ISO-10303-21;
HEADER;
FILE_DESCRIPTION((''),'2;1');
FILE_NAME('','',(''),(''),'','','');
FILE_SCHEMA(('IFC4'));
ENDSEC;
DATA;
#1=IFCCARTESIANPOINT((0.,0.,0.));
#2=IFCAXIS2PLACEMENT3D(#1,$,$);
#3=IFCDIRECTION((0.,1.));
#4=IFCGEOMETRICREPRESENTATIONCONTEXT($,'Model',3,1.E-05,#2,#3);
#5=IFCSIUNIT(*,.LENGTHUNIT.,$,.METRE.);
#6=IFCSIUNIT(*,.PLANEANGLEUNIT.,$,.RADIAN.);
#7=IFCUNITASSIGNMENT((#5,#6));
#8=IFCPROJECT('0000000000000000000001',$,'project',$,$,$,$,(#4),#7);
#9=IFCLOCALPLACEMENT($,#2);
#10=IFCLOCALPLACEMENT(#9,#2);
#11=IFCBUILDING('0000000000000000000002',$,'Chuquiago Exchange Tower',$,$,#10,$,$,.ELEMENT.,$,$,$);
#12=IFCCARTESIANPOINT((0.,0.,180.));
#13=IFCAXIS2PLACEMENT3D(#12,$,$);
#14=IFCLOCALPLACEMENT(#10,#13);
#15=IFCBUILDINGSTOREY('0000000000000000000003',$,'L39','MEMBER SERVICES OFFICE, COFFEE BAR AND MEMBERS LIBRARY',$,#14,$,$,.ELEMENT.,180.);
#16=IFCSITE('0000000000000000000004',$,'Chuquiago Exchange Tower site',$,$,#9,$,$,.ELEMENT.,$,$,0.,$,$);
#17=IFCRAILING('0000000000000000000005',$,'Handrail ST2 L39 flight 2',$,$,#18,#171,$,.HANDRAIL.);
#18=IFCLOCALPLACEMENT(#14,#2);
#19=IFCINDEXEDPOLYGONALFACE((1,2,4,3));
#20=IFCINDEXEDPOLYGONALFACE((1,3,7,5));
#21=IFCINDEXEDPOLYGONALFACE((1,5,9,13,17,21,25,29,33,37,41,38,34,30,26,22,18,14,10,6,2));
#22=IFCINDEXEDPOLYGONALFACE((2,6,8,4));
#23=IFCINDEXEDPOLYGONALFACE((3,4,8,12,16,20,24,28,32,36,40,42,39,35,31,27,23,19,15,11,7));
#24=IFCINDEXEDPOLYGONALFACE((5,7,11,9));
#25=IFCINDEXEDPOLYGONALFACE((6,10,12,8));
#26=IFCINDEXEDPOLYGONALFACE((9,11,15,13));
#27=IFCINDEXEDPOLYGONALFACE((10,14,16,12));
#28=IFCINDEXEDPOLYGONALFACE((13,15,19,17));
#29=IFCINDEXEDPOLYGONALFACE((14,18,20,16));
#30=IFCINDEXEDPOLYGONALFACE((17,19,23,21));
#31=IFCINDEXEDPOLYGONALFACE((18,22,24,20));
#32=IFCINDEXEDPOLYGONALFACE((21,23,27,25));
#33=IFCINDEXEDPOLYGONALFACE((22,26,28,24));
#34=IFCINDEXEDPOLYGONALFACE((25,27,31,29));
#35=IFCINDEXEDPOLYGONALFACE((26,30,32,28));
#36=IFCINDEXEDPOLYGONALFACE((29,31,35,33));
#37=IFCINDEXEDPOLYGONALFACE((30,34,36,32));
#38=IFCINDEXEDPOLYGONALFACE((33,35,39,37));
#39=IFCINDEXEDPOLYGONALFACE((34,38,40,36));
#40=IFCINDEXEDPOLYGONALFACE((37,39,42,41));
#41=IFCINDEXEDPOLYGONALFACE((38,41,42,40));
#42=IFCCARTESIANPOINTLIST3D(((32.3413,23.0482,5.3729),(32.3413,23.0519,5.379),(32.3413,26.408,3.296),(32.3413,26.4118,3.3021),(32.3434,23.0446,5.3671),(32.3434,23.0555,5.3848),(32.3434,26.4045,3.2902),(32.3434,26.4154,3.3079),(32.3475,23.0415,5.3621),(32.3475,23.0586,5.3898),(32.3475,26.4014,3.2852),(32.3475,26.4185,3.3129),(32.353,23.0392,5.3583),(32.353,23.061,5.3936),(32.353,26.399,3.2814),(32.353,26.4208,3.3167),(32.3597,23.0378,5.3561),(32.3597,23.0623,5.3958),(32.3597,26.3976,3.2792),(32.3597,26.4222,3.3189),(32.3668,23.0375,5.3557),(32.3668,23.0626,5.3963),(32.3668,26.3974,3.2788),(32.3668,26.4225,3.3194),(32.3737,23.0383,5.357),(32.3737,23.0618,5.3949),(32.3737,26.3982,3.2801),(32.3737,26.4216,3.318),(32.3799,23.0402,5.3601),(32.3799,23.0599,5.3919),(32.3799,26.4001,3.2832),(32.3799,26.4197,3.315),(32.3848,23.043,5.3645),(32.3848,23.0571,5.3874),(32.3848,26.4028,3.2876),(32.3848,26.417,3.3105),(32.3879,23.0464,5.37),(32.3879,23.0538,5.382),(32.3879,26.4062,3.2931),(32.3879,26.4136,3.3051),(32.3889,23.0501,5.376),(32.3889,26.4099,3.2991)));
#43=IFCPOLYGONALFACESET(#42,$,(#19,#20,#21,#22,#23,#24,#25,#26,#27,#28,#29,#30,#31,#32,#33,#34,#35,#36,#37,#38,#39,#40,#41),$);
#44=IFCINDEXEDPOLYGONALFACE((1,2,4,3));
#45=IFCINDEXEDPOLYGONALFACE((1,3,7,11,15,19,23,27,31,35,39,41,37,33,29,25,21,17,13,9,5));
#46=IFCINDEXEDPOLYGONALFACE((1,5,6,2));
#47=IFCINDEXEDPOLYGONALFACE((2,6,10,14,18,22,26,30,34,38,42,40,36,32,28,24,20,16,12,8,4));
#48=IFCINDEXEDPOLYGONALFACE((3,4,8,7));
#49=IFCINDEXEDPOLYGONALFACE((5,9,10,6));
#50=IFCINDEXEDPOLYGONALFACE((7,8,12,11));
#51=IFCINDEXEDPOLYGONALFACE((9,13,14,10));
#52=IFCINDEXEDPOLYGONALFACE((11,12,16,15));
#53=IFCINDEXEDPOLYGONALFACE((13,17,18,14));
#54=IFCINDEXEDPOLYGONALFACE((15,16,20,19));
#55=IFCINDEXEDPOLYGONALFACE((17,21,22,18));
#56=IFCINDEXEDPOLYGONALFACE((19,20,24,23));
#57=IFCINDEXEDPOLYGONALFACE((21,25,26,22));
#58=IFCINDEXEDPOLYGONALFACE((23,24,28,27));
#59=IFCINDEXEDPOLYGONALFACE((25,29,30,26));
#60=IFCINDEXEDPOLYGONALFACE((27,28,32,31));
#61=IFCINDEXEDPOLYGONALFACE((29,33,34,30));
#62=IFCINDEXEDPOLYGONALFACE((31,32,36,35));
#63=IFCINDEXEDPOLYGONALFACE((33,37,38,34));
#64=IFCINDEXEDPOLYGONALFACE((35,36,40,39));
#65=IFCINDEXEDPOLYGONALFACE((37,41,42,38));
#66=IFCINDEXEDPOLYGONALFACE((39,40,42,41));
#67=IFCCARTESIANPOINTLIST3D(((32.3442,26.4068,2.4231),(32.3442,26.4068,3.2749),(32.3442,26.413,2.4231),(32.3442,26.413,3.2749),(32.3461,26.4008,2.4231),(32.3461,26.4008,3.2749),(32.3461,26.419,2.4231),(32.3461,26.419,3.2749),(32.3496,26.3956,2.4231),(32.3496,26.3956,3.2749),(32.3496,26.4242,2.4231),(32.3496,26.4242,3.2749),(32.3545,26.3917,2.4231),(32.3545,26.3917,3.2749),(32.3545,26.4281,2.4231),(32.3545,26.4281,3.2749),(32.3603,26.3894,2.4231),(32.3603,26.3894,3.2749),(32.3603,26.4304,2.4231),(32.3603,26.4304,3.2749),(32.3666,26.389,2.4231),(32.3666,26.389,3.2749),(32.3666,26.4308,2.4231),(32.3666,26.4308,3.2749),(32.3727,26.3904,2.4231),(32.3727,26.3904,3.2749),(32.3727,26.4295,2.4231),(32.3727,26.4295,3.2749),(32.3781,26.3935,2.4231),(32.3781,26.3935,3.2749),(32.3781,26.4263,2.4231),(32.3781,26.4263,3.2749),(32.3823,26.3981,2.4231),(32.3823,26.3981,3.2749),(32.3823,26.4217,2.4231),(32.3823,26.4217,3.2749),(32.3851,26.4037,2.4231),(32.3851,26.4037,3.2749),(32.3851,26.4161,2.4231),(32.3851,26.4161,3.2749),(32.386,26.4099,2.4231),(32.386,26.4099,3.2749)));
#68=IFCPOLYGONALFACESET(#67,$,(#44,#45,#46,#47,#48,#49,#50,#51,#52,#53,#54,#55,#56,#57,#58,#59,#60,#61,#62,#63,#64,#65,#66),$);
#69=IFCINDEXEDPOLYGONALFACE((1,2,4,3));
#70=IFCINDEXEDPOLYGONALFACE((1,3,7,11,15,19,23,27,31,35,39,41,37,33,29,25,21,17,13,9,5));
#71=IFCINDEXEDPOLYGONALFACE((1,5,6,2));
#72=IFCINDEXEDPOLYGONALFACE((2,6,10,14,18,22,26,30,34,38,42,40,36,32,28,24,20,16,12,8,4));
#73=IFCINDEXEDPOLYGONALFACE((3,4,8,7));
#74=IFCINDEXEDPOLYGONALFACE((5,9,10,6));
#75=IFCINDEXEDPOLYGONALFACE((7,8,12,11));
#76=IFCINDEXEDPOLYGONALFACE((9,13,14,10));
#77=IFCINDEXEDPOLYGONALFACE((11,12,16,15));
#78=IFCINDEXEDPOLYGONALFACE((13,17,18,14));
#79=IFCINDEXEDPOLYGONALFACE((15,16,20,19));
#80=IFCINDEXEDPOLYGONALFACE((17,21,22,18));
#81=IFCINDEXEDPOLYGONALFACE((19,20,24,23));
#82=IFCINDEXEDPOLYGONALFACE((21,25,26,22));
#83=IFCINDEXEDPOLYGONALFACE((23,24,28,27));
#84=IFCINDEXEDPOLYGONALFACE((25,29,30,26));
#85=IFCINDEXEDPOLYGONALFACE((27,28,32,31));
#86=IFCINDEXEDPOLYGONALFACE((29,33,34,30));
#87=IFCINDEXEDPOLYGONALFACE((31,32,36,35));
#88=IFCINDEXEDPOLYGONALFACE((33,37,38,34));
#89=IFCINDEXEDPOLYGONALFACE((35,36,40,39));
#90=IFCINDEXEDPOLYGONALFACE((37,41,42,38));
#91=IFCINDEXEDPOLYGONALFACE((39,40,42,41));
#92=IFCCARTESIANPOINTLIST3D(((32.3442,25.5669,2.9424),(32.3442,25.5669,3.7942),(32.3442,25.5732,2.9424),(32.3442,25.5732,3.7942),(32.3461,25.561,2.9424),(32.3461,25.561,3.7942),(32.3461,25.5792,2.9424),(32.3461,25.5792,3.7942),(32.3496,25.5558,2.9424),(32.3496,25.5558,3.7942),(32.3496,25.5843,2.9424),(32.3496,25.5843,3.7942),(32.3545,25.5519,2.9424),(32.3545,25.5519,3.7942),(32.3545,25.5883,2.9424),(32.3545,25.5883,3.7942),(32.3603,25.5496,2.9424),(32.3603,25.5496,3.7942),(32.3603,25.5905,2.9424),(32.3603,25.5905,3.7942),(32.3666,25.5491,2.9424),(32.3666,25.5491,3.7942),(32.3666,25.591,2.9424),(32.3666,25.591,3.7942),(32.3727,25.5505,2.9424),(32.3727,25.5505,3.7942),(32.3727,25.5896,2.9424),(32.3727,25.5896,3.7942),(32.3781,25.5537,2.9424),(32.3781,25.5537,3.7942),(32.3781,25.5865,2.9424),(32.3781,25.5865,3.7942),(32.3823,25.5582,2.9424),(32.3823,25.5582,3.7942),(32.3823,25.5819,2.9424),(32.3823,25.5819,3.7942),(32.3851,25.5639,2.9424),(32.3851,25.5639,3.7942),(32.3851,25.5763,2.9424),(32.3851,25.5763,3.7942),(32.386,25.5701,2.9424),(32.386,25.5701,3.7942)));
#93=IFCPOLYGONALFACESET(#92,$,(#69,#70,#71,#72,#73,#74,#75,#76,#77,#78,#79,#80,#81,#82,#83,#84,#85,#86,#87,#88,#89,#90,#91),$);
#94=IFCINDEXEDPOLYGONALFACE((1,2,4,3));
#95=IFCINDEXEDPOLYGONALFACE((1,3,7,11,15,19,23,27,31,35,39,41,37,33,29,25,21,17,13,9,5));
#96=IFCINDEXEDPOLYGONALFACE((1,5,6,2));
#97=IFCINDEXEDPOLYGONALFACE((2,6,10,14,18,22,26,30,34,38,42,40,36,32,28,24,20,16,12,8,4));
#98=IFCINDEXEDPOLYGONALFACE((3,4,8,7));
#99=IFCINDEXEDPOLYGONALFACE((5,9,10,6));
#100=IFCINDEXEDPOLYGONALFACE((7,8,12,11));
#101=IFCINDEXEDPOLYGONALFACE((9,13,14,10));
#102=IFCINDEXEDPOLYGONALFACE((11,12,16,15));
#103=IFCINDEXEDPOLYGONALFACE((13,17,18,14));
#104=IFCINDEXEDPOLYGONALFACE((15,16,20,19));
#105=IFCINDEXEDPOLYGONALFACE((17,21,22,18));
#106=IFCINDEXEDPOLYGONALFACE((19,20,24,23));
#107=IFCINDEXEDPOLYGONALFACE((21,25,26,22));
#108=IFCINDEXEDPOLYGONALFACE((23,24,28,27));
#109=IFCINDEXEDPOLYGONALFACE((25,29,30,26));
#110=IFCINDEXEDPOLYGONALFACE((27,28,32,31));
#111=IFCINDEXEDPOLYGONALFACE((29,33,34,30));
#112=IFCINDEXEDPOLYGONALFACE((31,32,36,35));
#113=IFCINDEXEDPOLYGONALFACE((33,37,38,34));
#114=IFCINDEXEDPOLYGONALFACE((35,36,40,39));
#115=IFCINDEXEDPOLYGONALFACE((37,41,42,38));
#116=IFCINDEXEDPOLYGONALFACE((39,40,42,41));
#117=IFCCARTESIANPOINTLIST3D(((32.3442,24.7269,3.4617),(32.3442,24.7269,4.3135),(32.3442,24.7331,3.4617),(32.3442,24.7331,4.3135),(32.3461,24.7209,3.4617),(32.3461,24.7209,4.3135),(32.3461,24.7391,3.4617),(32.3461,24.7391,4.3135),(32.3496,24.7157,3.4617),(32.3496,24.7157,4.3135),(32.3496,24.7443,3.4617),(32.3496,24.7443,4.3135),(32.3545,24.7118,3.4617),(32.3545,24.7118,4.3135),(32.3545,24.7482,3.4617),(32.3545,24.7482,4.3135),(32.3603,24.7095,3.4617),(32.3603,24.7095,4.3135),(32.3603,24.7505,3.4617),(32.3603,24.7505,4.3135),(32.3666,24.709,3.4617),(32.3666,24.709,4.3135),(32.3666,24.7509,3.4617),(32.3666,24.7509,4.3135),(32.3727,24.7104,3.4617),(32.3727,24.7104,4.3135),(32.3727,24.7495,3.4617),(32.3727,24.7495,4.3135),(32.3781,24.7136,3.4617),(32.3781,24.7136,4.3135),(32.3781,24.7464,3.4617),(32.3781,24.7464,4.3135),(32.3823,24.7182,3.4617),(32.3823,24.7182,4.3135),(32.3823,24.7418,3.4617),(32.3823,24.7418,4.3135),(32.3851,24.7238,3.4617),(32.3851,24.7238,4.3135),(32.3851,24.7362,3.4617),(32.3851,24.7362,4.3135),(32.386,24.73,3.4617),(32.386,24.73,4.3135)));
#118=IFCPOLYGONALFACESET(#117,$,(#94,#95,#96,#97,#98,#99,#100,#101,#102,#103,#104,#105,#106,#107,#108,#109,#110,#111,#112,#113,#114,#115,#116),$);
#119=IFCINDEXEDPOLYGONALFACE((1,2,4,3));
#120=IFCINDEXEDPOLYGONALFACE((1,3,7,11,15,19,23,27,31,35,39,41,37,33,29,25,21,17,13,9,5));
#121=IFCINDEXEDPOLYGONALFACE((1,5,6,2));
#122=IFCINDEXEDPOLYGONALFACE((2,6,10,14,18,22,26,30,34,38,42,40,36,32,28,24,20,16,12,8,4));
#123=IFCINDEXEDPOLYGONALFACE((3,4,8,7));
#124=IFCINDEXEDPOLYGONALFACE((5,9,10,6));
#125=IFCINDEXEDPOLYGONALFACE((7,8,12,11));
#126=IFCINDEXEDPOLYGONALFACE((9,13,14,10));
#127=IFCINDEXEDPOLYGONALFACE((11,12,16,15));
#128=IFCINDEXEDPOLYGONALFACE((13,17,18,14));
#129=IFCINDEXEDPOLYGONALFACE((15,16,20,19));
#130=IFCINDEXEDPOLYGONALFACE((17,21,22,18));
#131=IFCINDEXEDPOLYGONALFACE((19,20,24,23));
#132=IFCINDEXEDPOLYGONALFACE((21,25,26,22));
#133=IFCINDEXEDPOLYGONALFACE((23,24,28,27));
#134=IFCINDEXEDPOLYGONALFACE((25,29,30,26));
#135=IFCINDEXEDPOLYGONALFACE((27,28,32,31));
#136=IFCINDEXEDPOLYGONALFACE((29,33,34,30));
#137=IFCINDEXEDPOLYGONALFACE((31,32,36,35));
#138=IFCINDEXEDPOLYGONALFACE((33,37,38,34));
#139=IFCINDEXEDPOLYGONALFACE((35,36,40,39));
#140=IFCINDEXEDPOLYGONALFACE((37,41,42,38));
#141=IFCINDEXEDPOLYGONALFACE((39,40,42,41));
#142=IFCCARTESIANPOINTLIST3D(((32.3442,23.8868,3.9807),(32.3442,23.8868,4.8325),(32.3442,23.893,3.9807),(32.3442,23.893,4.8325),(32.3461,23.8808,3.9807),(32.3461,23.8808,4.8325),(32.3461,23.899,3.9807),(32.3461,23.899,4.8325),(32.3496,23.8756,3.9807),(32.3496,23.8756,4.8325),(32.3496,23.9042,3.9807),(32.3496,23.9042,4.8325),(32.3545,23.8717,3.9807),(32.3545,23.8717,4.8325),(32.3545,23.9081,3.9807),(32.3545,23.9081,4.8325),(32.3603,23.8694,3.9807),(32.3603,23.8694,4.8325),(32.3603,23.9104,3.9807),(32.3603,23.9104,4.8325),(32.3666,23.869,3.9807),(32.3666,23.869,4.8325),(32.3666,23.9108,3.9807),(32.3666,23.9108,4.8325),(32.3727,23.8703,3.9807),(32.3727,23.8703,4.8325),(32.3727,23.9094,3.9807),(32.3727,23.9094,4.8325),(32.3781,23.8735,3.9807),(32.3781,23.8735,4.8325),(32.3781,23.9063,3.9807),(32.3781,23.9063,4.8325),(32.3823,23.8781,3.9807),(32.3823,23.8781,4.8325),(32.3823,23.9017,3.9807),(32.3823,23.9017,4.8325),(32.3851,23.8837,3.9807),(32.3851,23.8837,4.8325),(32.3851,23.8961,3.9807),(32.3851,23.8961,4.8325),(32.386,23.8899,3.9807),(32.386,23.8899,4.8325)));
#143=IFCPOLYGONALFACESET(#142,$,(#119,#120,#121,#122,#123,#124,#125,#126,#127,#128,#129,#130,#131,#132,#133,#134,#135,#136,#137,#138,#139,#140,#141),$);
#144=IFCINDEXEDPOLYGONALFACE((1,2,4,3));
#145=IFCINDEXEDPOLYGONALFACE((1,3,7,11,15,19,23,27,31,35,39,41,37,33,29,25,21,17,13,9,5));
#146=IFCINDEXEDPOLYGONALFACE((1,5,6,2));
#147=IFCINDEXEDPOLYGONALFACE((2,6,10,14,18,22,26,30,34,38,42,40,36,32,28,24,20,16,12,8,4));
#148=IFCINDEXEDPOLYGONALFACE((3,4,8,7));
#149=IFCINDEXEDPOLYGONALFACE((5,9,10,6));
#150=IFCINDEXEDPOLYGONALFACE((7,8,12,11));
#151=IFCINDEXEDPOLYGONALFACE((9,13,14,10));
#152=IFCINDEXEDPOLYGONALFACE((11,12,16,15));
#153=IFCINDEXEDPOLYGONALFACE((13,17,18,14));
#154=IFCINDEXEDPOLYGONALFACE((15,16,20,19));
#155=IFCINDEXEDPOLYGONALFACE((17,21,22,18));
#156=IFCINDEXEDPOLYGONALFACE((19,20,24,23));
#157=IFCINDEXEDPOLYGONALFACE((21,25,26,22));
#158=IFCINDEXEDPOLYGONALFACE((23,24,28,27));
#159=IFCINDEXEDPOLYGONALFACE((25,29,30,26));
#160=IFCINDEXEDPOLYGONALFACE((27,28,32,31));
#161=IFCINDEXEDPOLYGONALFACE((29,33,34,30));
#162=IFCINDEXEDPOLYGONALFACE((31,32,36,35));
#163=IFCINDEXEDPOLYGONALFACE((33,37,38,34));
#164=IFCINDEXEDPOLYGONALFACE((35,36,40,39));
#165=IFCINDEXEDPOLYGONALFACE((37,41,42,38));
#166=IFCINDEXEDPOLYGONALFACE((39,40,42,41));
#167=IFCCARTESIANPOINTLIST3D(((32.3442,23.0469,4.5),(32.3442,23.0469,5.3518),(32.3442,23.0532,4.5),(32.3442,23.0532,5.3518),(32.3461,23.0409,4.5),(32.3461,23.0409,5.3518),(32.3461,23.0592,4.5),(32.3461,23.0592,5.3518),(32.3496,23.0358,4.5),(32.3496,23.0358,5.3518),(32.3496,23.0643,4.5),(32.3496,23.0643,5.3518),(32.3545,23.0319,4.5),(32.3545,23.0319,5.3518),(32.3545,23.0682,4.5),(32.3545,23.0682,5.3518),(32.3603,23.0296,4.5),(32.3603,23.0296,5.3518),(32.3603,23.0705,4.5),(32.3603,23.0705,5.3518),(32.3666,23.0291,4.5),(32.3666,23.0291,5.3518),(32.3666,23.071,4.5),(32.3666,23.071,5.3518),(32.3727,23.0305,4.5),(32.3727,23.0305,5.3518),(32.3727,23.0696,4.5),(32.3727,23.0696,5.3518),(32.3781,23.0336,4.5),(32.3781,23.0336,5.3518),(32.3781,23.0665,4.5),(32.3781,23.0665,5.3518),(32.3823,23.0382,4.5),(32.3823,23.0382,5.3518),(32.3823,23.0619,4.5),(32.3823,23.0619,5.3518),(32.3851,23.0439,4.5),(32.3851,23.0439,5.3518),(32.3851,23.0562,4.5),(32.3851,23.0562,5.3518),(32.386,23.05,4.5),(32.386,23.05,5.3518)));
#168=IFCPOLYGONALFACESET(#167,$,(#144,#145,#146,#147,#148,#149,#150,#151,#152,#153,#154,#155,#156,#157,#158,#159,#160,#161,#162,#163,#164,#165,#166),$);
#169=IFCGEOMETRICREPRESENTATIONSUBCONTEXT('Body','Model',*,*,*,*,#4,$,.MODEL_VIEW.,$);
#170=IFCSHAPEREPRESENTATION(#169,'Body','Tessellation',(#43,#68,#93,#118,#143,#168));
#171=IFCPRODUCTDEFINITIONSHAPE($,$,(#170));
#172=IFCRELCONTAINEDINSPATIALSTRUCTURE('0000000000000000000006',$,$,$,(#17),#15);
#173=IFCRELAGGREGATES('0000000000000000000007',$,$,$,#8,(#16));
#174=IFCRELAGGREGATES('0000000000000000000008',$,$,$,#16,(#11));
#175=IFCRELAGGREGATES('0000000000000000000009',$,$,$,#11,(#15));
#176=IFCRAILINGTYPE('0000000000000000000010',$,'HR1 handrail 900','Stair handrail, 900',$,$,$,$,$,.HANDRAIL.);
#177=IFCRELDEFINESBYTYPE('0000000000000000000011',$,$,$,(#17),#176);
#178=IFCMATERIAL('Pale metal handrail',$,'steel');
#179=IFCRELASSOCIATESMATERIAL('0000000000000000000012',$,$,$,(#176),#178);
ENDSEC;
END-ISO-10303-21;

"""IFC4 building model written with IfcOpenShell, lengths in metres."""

from ifc_helpers import new_model, si_unit, direction, frame, origin, origin_2d, place, context, subcontext, project, spatial, circle, extrude, material, type_object, element, save


model = new_model("IFC4")

# Units and contexts
model_context = context("Model", 3, precision=1e-05, world=origin(), true_north=direction((0.0, 1.0)))
body_context = subcontext(model_context, "Body", "Model", "MODEL_VIEW")
ifc_project = project(units=[si_unit("LENGTHUNIT", "METRE"), si_unit("PLANEANGLEUNIT", "RADIAN")], contexts=[model_context])

# Site, building, storey
site_placement = place(None, origin())
site = spatial("IfcSite", under=ifc_project, at=site_placement, Name="Chuquiago Exchange Tower site", CompositionType="ELEMENT", RefElevation=0.0)
building_placement = place(site_placement, origin())
building = spatial("IfcBuilding", under=site, at=building_placement, Name="Chuquiago Exchange Tower", CompositionType="ELEMENT")
storey_placement = place(building_placement, frame((0.0, 0.0, 180.0)))
storey = spatial("IfcBuildingStorey", under=building, at=storey_placement, Name="L39", Description="MEMBER SERVICES OFFICE, COFFEE BAR AND MEMBERS LIBRARY", CompositionType="ELEMENT", Elevation=180.0)

# Railing
ifc_material_1 = material(Name="Pale metal handrail", Category="steel")
railing_type_1 = type_object("IfcRailingType", Name="HR1 handrail 900", Description="Stair handrail, 900", PredefinedType="HANDRAIL", material=ifc_material_1)
for number, where, name in (
    (1, (32.365, 26.4099, 2.4231), "Handrail ST2 L39 flight 2"),
):
    element("IfcRailing", number, at=place(storey_placement, frame(where)), inside=storey, type_object=railing_type_1, Name=name, PredefinedType="HANDRAIL", context=body_context, shape_type="SweptSolid", body=[
        extrude(circle(Radius=0.0239, at=origin_2d()), frame((0.0, 0.0, 0.876), z_axis=(0.0, -0.850606, 0.525803), x_axis=(1.0, 0.0, 0.0)), (0.0, 0.0, 1.0), 3.95),
        extrude(circle(Radius=0.021, at=origin_2d()), origin(), (0.0, 0.0, 1.0), 0.8518),
        extrude(circle(Radius=0.021, at=origin_2d()), frame((0.0, -0.8398, 0.5193)), (0.0, 0.0, 1.0), 0.8518),
        extrude(circle(Radius=0.021, at=origin_2d()), frame((0.0, -1.6799, 1.0386)), (0.0, 0.0, 1.0), 0.8518),
        extrude(circle(Radius=0.021, at=origin_2d()), frame((0.0, -2.52, 1.5576)), (0.0, 0.0, 1.0), 0.8518),
        extrude(circle(Radius=0.021, at=origin_2d()), frame((0.0, -3.3599, 2.0769)), (0.0, 0.0, 1.0), 0.8518),
    ])

save(model, "model.ifc")
